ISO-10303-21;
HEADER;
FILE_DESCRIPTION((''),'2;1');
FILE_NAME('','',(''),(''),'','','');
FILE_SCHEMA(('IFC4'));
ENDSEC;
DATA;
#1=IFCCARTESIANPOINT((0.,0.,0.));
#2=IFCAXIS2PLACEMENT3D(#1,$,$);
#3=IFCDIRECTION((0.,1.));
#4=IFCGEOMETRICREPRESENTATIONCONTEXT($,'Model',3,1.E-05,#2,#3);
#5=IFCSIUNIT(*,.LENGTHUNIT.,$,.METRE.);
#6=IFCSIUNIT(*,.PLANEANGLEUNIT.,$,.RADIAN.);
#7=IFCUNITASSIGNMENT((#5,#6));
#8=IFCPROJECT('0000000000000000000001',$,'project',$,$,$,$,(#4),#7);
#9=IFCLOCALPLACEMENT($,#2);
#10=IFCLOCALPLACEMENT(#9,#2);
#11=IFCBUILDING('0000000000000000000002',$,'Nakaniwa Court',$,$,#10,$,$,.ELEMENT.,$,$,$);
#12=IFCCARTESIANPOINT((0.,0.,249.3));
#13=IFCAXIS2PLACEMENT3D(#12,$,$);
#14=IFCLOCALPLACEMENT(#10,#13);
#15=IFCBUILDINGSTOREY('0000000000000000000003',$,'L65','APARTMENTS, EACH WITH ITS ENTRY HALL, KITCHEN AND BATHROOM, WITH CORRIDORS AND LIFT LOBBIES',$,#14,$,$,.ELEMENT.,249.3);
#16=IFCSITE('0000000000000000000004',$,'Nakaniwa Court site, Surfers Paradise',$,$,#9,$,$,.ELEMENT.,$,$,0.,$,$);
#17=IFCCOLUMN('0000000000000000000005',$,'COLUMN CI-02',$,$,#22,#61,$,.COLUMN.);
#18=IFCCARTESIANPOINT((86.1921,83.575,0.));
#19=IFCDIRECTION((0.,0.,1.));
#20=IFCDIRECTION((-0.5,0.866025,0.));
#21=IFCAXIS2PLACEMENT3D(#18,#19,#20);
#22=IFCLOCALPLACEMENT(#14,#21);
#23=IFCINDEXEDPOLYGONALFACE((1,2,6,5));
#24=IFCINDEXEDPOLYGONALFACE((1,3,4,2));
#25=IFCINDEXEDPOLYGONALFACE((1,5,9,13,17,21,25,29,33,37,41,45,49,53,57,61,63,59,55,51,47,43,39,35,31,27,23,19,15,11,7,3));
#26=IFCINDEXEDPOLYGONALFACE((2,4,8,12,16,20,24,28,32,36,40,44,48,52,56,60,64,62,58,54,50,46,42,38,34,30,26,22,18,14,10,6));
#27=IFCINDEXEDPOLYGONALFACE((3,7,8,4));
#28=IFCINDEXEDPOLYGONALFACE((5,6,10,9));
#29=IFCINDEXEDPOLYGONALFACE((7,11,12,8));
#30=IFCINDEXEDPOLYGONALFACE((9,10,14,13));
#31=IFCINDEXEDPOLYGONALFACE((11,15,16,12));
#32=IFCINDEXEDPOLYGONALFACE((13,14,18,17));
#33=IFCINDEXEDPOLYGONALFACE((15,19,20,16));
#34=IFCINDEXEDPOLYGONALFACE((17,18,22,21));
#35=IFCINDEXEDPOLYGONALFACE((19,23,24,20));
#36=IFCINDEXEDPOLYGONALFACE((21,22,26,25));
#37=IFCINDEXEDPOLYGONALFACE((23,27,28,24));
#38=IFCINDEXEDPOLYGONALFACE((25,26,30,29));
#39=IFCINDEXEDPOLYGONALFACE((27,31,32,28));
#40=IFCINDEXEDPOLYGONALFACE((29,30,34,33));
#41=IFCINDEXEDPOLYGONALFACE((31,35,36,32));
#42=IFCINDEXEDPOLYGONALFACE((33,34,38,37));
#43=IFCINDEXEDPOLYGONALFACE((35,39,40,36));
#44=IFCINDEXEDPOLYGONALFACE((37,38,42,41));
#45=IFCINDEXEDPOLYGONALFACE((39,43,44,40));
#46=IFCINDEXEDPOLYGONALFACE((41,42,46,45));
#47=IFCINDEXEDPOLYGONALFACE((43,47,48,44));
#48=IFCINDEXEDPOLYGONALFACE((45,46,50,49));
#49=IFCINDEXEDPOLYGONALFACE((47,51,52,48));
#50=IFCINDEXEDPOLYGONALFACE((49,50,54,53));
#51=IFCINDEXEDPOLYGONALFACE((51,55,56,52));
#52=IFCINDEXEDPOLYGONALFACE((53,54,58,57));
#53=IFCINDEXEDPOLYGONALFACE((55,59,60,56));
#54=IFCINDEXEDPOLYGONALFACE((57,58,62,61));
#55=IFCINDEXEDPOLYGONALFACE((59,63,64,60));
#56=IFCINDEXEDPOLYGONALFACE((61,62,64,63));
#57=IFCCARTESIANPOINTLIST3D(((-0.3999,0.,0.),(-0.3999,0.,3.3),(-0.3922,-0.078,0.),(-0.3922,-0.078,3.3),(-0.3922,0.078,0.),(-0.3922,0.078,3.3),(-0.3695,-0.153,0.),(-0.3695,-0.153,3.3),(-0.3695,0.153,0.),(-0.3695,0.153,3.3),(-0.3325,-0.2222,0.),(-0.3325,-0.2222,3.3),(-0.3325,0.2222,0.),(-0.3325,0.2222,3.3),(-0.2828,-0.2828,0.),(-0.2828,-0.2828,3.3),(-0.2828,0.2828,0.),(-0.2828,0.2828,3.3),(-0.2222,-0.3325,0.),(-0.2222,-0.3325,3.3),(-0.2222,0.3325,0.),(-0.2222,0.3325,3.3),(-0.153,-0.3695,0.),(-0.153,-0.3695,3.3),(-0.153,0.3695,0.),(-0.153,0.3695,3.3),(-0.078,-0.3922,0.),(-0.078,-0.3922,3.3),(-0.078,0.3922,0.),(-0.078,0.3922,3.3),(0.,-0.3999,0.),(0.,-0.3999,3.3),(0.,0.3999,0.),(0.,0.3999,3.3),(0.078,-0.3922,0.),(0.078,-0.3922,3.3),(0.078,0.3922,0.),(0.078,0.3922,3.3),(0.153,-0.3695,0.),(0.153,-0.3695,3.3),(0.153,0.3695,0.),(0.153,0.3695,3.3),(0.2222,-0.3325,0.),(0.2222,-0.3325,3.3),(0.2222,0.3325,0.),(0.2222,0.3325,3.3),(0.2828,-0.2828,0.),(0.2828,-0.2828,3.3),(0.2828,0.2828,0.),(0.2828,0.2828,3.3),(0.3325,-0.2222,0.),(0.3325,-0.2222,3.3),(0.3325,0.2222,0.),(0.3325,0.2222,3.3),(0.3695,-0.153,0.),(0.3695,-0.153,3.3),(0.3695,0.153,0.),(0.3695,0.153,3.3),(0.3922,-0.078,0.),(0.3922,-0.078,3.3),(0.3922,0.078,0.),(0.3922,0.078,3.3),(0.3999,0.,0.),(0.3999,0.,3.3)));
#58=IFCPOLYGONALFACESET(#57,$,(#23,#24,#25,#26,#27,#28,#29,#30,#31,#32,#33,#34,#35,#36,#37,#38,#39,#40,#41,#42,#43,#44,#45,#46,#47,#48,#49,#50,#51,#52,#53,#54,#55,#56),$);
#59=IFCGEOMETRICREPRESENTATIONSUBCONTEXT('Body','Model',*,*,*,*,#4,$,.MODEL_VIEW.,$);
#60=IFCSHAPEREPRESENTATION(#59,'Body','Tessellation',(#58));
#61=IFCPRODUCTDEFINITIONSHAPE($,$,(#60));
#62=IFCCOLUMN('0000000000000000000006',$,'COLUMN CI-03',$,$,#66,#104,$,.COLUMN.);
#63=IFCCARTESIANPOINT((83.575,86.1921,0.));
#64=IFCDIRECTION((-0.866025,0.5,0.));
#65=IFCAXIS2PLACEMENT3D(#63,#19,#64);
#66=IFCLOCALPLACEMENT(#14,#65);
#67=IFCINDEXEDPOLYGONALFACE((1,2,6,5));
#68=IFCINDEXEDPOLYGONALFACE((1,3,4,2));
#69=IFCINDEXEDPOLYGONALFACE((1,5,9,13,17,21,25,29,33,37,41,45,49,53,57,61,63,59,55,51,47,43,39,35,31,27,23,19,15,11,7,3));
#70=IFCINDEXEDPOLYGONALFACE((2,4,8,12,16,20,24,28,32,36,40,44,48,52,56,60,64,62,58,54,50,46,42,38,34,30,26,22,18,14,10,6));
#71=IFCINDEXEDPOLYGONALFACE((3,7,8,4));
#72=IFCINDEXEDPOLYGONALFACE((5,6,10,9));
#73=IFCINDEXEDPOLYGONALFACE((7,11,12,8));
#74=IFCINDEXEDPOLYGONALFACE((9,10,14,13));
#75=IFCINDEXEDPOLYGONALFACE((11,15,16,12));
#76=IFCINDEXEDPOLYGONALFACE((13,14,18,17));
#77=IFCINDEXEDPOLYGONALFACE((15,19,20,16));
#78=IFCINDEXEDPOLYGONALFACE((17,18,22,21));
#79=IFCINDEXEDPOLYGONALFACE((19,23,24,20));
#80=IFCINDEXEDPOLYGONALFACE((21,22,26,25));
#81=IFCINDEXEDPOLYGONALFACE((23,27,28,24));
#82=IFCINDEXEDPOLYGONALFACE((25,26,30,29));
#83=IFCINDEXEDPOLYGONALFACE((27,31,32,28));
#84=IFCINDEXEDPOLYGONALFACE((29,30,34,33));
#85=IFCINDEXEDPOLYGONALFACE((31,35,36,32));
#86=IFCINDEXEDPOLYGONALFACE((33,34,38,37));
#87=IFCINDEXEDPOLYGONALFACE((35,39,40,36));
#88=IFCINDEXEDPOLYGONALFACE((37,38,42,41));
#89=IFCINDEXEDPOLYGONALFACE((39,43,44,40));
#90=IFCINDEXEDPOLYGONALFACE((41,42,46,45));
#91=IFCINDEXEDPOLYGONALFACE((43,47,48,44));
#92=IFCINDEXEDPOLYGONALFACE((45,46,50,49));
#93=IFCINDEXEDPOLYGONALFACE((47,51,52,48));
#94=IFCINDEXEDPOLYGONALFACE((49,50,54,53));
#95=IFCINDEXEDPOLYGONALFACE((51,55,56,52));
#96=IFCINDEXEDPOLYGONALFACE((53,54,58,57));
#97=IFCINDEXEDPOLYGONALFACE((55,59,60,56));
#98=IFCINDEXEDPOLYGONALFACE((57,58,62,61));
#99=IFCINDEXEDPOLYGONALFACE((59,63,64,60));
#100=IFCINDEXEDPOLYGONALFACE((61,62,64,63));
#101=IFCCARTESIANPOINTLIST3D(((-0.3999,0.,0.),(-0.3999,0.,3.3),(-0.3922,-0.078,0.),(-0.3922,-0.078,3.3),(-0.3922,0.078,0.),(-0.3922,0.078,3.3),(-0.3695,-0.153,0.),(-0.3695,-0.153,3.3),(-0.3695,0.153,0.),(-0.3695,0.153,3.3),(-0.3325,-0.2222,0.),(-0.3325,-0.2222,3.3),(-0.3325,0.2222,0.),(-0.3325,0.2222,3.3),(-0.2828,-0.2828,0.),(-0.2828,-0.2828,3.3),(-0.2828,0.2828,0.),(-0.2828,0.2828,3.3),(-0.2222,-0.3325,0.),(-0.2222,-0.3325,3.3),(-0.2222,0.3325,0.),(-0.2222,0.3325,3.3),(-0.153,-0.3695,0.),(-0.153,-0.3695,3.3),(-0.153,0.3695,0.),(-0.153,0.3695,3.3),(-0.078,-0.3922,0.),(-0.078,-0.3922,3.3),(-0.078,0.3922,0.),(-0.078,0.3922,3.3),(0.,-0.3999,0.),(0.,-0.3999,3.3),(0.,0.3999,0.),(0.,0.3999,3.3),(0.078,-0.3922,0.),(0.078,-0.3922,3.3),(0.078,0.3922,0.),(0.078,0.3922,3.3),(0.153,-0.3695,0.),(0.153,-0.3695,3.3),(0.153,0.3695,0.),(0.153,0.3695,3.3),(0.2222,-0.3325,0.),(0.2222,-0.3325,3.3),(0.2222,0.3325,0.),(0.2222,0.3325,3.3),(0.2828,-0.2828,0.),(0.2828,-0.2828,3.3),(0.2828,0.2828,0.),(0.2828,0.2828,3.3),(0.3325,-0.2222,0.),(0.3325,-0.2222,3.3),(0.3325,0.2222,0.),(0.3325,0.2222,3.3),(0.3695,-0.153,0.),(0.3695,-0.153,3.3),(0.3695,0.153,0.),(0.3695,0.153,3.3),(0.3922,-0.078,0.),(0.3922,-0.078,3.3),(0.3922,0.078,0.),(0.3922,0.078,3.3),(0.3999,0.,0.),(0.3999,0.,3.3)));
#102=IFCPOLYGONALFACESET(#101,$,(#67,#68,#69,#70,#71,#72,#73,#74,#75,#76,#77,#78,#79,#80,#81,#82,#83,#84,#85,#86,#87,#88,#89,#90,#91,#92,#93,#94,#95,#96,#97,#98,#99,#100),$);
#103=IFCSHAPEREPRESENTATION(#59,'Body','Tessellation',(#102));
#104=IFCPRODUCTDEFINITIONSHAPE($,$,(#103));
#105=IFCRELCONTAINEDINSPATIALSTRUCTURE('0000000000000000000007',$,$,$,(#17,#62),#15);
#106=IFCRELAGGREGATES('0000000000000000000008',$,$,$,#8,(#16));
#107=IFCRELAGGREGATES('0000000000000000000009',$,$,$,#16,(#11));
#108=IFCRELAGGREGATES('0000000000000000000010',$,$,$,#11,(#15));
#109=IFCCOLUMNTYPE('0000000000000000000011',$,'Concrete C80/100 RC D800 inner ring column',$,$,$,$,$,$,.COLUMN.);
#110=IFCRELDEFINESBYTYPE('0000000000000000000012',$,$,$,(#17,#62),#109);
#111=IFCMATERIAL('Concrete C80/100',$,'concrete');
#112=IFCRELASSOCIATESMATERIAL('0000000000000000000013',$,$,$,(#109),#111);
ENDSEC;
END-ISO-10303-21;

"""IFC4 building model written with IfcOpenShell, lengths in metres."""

from ifc_helpers import new_model, si_unit, direction, frame, origin, origin_2d, place, context, subcontext, project, spatial, circle, extrude, material, material_profile, profile_set, type_object, element, save


model = new_model("IFC4")

# Units and contexts
model_context = context("Model", 3, precision=1e-05, world=origin(), true_north=direction((0.0, 1.0)))
body_context = subcontext(model_context, "Body", "Model", "MODEL_VIEW")
ifc_project = project(units=[si_unit("LENGTHUNIT", "METRE"), si_unit("PLANEANGLEUNIT", "RADIAN")], contexts=[model_context])

# Site, building, storey
site_placement = place(None, origin())
site = spatial("IfcSite", under=ifc_project, at=site_placement, Name="Nakaniwa Court site, Surfers Paradise", CompositionType="ELEMENT", RefElevation=0.0)
building_placement = place(site_placement, origin())
building = spatial("IfcBuilding", under=site, at=building_placement, Name="Nakaniwa Court", CompositionType="ELEMENT")
storey_placement = place(building_placement, frame((0.0, 0.0, 249.3)))
storey = spatial("IfcBuildingStorey", under=building, at=storey_placement, Name="L65", Description="APARTMENTS, EACH WITH ITS ENTRY HALL, KITCHEN AND BATHROOM, WITH CORRIDORS AND LIFT LOBBIES", CompositionType="ELEMENT", Elevation=249.3)

# Columns
ifc_material_1 = material(Name="Concrete C80/100", Category="concrete")
ifc_material_profile_1 = material_profile(ifc_material_1, circle(Radius=0.3999, at=origin_2d()), Name="Concrete C80/100 RC D800 inner ring column")
ifc_profile_set_1 = profile_set([ifc_material_profile_1], Name="Concrete C80/100")
column_type = type_object("IfcColumnType", Name="Concrete C80/100 RC D800 inner ring column", PredefinedType="COLUMN", material=ifc_profile_set_1)
for number, where, z_axis, x_axis, name in (
    (1, (86.1921, 83.575, 0.0), (0.0, 0.0, 1.0), (-0.5, 0.866025, 0.0), "COLUMN CI-02"),
    (2, (83.575, 86.1921, 0.0), (0.0, 0.0, 1.0), (-0.866025, 0.5, 0.0), "COLUMN CI-03"),
):
    element("IfcColumn", number, at=place(storey_placement, frame(where, z_axis=z_axis, x_axis=x_axis)), inside=storey, type_object=column_type, Name=name, PredefinedType="COLUMN", context=body_context, shape_type="SweptSolid", body=[
        extrude(circle(Radius=0.3999, at=origin_2d()), origin(), (0.0, 0.0, 1.0), 3.3),
    ])

save(model, "model.ifc")
